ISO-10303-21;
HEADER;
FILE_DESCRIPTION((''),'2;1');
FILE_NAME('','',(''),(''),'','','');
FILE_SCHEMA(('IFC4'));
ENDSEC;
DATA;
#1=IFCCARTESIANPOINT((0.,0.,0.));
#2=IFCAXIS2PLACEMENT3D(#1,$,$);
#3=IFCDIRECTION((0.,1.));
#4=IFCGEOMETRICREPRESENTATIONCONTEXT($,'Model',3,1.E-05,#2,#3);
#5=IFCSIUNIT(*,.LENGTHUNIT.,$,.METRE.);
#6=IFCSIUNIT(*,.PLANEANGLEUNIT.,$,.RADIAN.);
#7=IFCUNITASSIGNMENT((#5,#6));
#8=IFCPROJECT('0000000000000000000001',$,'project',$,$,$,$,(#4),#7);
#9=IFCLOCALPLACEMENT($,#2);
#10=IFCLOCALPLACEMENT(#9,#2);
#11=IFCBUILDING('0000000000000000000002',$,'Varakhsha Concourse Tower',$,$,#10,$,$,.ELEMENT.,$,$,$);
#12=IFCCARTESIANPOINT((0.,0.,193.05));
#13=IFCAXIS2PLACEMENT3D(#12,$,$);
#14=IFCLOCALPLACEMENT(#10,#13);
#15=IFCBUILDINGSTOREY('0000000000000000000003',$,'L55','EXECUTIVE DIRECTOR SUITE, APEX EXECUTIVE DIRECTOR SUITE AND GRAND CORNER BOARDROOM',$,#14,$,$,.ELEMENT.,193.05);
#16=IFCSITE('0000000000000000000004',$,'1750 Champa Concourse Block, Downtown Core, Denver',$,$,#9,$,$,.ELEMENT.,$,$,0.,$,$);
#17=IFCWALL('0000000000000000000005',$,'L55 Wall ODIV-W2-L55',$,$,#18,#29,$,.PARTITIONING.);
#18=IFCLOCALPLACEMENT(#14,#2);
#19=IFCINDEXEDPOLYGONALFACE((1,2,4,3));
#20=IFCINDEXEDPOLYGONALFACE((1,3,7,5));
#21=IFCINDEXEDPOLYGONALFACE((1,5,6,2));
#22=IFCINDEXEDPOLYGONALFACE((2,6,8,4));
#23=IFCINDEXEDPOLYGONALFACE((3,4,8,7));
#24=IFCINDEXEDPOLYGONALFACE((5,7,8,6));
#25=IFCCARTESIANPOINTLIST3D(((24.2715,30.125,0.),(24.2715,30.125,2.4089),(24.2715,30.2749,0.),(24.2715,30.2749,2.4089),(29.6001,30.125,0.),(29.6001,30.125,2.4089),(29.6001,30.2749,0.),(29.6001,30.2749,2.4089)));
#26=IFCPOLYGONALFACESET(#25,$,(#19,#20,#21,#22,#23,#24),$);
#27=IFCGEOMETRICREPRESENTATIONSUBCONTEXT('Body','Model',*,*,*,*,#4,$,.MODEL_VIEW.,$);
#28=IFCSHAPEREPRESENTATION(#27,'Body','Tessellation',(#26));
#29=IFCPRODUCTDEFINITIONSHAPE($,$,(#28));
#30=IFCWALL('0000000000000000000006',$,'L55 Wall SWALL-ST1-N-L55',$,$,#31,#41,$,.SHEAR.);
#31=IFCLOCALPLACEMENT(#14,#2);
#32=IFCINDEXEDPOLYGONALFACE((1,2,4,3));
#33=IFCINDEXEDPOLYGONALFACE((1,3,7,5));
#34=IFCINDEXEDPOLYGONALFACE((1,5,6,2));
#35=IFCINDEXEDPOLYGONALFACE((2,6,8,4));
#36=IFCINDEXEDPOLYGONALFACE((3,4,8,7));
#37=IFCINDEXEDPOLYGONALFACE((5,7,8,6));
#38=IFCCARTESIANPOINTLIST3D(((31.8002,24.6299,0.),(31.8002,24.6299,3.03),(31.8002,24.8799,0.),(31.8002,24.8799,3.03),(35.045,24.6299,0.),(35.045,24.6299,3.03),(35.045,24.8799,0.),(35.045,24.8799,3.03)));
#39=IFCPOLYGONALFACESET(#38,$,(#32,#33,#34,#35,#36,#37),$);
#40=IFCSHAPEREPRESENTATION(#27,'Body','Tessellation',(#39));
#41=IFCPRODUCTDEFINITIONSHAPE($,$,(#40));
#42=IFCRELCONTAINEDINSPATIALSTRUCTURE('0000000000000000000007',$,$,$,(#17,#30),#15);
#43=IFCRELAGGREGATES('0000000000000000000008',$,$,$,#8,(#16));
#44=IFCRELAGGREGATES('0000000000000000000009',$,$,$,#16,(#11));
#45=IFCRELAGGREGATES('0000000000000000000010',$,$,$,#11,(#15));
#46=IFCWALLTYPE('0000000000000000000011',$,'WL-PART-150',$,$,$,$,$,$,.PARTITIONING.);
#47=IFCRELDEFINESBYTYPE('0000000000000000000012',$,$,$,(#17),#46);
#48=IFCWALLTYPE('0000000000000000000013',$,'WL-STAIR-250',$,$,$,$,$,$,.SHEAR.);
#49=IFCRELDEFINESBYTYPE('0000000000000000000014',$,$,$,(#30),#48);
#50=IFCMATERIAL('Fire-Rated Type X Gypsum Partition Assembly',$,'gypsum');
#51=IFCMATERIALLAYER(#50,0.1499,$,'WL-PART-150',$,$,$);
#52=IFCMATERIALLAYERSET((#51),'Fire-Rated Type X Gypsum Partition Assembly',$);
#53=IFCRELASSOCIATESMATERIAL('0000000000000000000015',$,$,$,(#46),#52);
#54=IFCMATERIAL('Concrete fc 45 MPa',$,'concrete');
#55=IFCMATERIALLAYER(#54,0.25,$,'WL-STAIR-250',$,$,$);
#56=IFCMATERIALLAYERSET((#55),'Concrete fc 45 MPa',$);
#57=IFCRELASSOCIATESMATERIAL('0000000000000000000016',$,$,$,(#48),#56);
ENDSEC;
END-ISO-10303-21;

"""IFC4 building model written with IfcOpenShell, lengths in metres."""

from ifc_helpers import new_model, si_unit, direction, frame, frame_2d, origin, place, context, subcontext, project, spatial, rectangle, extrude, material, layer, layer_set, type_object, element, save


model = new_model("IFC4")

# Units and contexts
model_context = context("Model", 3, precision=1e-05, world=origin(), true_north=direction((0.0, 1.0)))
body_context = subcontext(model_context, "Body", "Model", "MODEL_VIEW")
ifc_project = project(units=[si_unit("LENGTHUNIT", "METRE"), si_unit("PLANEANGLEUNIT", "RADIAN")], contexts=[model_context])

# Site, building, storey
site_placement = place(None, origin())
site = spatial("IfcSite", under=ifc_project, at=site_placement, Name="1750 Champa Concourse Block, Downtown Core, Denver", CompositionType="ELEMENT", RefElevation=0.0)
building_placement = place(site_placement, origin())
building = spatial("IfcBuilding", under=site, at=building_placement, Name="Varakhsha Concourse Tower", CompositionType="ELEMENT")
storey_placement = place(building_placement, frame((0.0, 0.0, 193.05)))
storey = spatial("IfcBuildingStorey", under=building, at=storey_placement, Name="L55", Description="EXECUTIVE DIRECTOR SUITE, APEX EXECUTIVE DIRECTOR SUITE AND GRAND CORNER BOARDROOM", CompositionType="ELEMENT", Elevation=193.05)

# Shared definitions
ifc_material_1 = material(Name="Fire-Rated Type X Gypsum Partition Assembly", Category="gypsum")
ifc_layer_1 = layer(ifc_material_1, 0.1499, Name="WL-PART-150")
ifc_layer_set_1 = layer_set([ifc_layer_1], Name="Fire-Rated Type X Gypsum Partition Assembly")
wall_type_1 = type_object("IfcWallType", Name="WL-PART-150", PredefinedType="PARTITIONING", material=ifc_layer_set_1)

# Walls
wall_1_placement = place(storey_placement, frame((24.2715, 30.2, 0.0), z_axis=(0.0, 0.0, 1.0), x_axis=(1.0, 0.0, 0.0)))
element("IfcWall", 1, at=wall_1_placement, inside=storey, type_object=wall_type_1, Name="L55 Wall ODIV-W2-L55", PredefinedType="PARTITIONING", context=body_context, shape_type="SweptSolid", body=[
    extrude(rectangle(XDim=5.3286, YDim=0.1499, at=frame_2d((2.6643, 0.0))), origin(), (0.0, 0.0, 1.0), 2.4089),
])
ifc_material_2 = material(Name="Concrete fc 45 MPa", Category="concrete")
ifc_layer_2 = layer(ifc_material_2, 0.25, Name="WL-STAIR-250")
ifc_layer_set_2 = layer_set([ifc_layer_2], Name="Concrete fc 45 MPa")
wall_type_2 = type_object("IfcWallType", Name="WL-STAIR-250", PredefinedType="SHEAR", material=ifc_layer_set_2)
wall_2_placement = place(storey_placement, frame((31.8, 24.7549, 0.0), z_axis=(0.0, 0.0, 1.0), x_axis=(1.0, 0.0, 0.0)))
element("IfcWall", 2, at=wall_2_placement, inside=storey, type_object=wall_type_2, Name="L55 Wall SWALL-ST1-N-L55", PredefinedType="SHEAR", context=body_context, shape_type="SweptSolid", body=[
    extrude(rectangle(XDim=3.2449, YDim=0.25, at=frame_2d((1.6226, 0.0))), origin(), (0.0, 0.0, 1.0), 3.03),
])

save(model, "model.ifc")
